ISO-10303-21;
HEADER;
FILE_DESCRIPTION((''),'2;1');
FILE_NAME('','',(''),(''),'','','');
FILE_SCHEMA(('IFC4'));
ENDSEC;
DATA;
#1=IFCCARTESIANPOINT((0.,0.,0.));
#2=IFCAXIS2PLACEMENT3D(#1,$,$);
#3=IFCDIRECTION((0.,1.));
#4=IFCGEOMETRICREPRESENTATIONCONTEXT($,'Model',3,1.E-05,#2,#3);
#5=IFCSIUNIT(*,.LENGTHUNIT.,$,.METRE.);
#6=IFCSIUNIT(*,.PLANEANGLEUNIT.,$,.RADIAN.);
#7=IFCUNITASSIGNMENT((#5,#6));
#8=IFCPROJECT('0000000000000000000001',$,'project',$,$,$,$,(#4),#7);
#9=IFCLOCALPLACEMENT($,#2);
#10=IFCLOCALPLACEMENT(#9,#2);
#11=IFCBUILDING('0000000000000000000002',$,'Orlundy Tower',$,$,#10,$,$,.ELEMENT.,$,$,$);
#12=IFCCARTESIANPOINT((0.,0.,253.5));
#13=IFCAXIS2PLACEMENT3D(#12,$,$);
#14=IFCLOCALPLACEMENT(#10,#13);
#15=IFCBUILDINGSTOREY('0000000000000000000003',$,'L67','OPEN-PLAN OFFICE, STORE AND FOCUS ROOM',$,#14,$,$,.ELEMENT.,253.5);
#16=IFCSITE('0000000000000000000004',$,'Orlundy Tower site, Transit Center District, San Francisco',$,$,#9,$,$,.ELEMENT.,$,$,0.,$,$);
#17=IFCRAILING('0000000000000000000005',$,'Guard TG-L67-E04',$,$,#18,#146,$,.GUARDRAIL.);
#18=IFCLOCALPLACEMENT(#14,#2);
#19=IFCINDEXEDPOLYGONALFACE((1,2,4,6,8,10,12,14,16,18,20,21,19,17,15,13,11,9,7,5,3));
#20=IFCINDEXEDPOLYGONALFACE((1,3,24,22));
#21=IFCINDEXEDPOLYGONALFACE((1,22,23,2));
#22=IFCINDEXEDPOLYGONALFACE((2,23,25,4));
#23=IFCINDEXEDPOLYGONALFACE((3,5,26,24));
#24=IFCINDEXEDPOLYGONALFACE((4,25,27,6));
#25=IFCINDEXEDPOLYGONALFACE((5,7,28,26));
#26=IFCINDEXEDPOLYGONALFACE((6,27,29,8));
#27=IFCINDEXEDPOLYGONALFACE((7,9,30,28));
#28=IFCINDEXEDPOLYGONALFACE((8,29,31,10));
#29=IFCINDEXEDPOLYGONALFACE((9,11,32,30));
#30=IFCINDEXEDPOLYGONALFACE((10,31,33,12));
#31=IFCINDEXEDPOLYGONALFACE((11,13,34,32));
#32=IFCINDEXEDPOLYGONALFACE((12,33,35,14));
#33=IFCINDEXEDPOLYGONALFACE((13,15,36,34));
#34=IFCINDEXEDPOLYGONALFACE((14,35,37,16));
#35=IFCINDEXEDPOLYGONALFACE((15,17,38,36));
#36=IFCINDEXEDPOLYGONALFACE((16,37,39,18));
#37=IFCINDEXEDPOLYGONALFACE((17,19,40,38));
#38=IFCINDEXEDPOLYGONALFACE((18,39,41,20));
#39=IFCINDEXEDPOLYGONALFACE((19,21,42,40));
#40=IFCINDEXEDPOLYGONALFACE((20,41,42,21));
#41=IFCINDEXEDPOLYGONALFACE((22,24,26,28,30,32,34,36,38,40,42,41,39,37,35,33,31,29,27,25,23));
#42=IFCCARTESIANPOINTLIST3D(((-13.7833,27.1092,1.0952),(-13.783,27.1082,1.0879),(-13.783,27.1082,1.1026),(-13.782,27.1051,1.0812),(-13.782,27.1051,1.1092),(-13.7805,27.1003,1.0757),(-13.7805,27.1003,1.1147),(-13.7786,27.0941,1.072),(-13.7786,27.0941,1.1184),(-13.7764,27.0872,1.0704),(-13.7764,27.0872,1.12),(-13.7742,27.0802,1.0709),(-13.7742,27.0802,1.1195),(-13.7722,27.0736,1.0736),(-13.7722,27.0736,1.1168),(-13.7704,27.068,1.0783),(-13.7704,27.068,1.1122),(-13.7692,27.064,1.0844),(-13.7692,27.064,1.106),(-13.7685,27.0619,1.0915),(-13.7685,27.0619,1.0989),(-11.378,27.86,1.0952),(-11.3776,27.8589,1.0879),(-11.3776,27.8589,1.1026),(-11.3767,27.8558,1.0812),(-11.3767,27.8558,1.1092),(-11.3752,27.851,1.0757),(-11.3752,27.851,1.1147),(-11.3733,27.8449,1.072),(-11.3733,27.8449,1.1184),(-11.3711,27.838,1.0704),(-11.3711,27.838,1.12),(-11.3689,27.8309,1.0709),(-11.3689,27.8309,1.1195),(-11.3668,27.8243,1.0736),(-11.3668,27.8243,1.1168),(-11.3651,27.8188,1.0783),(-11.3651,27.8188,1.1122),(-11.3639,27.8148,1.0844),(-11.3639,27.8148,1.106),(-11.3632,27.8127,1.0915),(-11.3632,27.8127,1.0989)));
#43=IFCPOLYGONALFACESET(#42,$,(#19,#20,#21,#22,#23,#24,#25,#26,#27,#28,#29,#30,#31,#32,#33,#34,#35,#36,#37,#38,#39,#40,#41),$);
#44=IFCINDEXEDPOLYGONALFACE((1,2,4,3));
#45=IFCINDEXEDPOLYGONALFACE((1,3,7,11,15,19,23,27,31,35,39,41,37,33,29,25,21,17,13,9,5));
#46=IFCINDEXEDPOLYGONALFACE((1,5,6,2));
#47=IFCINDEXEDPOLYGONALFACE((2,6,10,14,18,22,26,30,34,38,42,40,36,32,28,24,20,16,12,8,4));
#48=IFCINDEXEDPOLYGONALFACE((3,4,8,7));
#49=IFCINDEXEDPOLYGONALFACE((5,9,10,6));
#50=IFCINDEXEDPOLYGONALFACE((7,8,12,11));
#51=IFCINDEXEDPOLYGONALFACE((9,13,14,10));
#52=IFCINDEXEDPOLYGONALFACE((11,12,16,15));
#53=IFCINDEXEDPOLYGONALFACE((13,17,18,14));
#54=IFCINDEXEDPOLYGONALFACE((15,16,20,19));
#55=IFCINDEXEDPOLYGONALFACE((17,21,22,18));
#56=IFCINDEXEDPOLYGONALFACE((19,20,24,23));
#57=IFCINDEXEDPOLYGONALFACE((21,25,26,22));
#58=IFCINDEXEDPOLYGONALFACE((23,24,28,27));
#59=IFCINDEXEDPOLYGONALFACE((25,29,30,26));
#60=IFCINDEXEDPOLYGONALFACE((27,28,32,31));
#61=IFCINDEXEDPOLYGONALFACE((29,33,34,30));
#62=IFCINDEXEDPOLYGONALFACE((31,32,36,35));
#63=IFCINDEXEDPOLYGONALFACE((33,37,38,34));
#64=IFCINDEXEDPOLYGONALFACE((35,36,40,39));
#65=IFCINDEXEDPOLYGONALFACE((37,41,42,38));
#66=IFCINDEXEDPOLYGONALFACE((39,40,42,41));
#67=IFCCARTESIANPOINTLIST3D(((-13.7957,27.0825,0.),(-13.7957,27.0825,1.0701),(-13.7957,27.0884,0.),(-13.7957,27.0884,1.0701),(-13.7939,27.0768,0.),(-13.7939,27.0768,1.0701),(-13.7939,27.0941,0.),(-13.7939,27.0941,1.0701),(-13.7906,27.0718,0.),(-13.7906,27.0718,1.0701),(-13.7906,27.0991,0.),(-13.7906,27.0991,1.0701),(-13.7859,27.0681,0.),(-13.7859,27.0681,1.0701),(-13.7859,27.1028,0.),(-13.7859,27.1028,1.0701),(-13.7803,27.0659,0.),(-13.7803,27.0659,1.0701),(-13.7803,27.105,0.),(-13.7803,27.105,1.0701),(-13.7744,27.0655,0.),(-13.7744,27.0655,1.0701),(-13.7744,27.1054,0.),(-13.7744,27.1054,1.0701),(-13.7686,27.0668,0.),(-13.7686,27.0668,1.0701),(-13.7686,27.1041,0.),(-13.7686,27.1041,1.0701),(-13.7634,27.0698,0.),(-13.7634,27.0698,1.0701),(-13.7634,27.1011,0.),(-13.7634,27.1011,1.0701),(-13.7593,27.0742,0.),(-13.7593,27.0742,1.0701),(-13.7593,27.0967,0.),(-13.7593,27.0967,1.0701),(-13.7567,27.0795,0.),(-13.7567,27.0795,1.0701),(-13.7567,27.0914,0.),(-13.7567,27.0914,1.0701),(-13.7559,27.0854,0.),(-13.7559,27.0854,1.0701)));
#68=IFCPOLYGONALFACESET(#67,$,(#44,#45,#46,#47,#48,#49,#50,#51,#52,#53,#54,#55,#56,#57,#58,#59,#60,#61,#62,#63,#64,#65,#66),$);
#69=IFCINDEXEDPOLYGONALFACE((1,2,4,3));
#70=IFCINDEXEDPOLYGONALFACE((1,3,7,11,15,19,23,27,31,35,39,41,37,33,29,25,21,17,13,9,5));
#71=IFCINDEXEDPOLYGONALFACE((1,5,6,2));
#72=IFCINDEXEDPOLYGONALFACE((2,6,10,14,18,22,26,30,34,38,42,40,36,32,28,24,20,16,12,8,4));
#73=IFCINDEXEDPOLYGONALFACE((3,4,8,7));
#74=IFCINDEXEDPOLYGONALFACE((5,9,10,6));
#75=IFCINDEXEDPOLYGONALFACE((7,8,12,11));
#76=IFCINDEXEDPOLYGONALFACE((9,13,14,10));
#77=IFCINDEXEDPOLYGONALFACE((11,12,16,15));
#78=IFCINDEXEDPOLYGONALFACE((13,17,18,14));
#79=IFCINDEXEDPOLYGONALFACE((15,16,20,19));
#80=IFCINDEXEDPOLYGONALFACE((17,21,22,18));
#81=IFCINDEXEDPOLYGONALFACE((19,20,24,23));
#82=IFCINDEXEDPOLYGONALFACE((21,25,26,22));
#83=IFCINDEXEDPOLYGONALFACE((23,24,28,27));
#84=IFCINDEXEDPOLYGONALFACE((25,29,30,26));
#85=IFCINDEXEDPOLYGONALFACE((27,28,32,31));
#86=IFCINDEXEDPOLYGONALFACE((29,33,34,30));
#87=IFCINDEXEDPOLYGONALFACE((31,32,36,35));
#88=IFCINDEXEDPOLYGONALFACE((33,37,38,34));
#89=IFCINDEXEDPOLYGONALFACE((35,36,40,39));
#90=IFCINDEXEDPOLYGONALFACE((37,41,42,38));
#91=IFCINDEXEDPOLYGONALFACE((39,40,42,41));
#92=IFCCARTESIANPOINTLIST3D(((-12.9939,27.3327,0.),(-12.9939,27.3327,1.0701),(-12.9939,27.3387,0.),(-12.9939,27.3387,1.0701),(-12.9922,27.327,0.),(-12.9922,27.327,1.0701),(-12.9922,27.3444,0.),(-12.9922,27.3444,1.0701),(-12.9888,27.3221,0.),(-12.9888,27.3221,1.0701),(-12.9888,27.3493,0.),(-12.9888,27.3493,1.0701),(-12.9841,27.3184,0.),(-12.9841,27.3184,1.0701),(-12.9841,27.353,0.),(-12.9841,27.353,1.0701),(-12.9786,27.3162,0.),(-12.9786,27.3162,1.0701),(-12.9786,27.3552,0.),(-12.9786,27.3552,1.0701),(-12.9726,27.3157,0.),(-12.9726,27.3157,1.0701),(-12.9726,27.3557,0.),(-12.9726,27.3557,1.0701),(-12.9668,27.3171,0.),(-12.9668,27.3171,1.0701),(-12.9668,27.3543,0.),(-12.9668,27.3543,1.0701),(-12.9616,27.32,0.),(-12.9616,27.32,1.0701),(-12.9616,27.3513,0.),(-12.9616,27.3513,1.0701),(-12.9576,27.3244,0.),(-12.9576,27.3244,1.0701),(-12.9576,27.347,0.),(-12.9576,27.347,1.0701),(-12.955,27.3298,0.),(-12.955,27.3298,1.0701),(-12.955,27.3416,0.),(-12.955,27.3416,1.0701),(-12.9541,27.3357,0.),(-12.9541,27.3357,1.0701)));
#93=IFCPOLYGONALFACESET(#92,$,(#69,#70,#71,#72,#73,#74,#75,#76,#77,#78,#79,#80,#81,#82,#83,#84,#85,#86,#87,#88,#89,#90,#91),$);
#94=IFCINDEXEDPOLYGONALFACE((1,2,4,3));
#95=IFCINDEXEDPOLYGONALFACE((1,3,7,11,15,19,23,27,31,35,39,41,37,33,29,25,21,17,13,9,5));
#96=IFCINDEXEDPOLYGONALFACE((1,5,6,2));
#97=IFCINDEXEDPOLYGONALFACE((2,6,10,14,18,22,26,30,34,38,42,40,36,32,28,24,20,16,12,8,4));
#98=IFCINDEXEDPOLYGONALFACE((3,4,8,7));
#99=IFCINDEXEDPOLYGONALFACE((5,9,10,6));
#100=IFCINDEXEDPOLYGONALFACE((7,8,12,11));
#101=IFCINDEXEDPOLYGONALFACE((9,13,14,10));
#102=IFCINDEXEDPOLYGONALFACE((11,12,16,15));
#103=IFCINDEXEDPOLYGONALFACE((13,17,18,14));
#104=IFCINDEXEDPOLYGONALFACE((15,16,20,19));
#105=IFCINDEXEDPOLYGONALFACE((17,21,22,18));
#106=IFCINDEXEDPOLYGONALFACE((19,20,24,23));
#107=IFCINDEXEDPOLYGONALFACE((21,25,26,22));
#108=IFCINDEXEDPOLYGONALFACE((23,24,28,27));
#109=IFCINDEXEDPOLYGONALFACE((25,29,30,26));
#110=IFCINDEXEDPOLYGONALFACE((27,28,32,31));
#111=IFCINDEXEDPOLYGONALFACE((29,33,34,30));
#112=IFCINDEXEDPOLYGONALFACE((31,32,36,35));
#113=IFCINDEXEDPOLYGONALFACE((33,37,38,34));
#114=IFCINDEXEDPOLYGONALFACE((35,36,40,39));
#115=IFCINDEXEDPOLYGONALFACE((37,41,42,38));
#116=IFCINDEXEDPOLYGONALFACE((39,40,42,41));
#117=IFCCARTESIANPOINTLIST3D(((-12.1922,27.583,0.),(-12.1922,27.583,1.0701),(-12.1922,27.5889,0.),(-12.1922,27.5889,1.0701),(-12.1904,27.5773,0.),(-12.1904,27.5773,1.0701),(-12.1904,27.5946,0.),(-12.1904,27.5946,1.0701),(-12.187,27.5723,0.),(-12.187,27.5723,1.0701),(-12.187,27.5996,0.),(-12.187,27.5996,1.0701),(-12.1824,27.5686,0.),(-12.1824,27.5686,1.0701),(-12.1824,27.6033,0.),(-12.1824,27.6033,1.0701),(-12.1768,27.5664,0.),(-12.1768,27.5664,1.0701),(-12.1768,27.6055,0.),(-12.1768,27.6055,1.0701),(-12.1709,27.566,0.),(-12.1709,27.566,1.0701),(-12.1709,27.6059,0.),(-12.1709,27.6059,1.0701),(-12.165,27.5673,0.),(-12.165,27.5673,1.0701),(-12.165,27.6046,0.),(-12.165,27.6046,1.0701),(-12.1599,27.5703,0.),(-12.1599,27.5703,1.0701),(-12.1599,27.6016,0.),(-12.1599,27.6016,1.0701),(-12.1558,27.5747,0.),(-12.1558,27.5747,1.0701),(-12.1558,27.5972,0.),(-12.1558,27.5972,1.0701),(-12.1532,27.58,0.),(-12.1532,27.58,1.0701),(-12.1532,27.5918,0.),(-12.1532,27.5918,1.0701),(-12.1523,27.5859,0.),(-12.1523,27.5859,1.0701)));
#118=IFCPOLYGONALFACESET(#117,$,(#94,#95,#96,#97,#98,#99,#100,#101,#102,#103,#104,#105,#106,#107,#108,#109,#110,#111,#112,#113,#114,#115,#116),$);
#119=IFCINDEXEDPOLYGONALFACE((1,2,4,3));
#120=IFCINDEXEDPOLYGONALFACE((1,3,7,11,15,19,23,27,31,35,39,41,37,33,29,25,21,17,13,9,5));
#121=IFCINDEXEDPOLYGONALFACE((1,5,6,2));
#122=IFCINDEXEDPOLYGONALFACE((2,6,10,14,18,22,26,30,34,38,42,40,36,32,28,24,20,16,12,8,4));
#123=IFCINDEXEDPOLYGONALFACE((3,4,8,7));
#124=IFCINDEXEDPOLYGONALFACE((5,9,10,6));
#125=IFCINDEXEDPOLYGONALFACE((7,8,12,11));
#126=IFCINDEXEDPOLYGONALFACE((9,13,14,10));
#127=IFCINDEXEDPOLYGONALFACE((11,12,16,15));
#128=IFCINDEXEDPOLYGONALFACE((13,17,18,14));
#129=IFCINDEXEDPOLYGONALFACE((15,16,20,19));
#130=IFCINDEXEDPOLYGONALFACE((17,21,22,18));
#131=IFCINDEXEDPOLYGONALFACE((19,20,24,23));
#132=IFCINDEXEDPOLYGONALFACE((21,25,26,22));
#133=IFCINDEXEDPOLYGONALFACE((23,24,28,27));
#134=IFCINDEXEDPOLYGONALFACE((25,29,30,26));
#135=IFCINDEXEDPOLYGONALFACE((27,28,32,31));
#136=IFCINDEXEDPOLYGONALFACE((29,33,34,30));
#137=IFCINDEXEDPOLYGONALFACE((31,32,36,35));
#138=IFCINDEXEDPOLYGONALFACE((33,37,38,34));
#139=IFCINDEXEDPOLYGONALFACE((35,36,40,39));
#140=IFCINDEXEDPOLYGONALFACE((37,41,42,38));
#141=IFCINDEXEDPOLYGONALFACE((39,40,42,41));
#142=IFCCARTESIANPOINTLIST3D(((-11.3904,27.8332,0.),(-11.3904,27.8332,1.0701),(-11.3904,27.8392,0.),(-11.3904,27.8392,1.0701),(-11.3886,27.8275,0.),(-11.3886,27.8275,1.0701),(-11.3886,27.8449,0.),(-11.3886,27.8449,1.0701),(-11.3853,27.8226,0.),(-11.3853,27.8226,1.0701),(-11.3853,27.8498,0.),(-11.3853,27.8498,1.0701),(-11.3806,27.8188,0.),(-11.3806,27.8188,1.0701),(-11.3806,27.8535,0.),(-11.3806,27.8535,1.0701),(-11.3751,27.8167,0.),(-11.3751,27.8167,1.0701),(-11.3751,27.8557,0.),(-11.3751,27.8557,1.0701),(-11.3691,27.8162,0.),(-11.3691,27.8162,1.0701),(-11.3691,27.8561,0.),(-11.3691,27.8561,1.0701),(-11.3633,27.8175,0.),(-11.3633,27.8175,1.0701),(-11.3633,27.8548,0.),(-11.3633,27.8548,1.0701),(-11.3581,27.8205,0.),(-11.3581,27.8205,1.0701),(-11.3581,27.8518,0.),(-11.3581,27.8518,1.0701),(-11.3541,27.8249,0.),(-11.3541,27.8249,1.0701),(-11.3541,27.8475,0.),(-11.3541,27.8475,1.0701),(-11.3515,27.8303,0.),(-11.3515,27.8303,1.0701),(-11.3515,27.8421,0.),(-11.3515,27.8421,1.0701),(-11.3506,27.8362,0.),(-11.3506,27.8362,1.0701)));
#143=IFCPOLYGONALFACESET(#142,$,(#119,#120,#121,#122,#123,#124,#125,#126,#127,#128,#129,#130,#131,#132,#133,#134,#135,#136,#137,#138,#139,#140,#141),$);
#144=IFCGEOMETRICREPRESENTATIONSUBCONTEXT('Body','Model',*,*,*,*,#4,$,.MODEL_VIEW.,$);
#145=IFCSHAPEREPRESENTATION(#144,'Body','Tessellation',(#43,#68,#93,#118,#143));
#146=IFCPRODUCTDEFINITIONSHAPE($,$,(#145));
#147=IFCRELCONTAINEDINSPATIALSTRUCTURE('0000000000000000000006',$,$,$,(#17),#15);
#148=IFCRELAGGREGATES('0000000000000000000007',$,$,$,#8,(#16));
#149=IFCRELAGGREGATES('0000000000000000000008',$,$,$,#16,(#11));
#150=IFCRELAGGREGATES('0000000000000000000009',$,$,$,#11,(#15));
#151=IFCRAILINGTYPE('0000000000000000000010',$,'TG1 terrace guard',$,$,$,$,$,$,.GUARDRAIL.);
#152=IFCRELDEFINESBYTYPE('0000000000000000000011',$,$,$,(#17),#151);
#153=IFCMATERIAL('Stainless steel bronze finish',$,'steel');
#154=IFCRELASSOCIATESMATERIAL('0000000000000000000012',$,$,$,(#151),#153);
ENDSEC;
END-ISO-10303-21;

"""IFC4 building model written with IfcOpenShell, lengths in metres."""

from ifc_helpers import new_model, si_unit, direction, frame, origin, origin_2d, place, context, subcontext, project, spatial, circle, extrude, material, type_object, element, save


model = new_model("IFC4")

# Units and contexts
model_context = context("Model", 3, precision=1e-05, world=origin(), true_north=direction((0.0, 1.0)))
body_context = subcontext(model_context, "Body", "Model", "MODEL_VIEW")
ifc_project = project(units=[si_unit("LENGTHUNIT", "METRE"), si_unit("PLANEANGLEUNIT", "RADIAN")], contexts=[model_context])

# Site, building, storey
site_placement = place(None, origin())
site = spatial("IfcSite", under=ifc_project, at=site_placement, Name="Orlundy Tower site, Transit Center District, San Francisco", CompositionType="ELEMENT", RefElevation=0.0)
building_placement = place(site_placement, origin())
building = spatial("IfcBuilding", under=site, at=building_placement, Name="Orlundy Tower", CompositionType="ELEMENT")
storey_placement = place(building_placement, frame((0.0, 0.0, 253.5)))
storey = spatial("IfcBuildingStorey", under=building, at=storey_placement, Name="L67", Description="OPEN-PLAN OFFICE, STORE AND FOCUS ROOM", CompositionType="ELEMENT", Elevation=253.5)

# Railing
ifc_material_1 = material(Name="Stainless steel bronze finish", Category="steel")
railing_type_1 = type_object("IfcRailingType", Name="TG1 terrace guard", PredefinedType="GUARDRAIL", material=ifc_material_1)
railing_1_placement = place(storey_placement, frame((-13.7759, 27.0854, 0.0)))
element("IfcRailing", 1, at=railing_1_placement, inside=storey, type_object=railing_type_1, Name="Guard TG-L67-E04", PredefinedType="GUARDRAIL", context=body_context, shape_type="SweptSolid", body=[
    extrude(circle(Radius=0.0249, at=origin_2d()), frame((0.0, 0.0, 1.0952), z_axis=(0.954583, 0.297944, 0.0), x_axis=(-0.297944, 0.954583, 0.0)), (0.0, 0.0, 1.0), 2.5198),
    extrude(circle(Radius=0.02, at=origin_2d()), origin(), (0.0, 0.0, 1.0), 1.0701),
    extrude(circle(Radius=0.02, at=origin_2d()), frame((0.8018, 0.2502, 0.0)), (0.0, 0.0, 1.0), 1.0701),
    extrude(circle(Radius=0.02, at=origin_2d()), frame((1.6035, 0.5005, 0.0)), (0.0, 0.0, 1.0), 1.0701),
    extrude(circle(Radius=0.02, at=origin_2d()), frame((2.4053, 0.7507, 0.0)), (0.0, 0.0, 1.0), 1.0701),
])

save(model, "model.ifc")
